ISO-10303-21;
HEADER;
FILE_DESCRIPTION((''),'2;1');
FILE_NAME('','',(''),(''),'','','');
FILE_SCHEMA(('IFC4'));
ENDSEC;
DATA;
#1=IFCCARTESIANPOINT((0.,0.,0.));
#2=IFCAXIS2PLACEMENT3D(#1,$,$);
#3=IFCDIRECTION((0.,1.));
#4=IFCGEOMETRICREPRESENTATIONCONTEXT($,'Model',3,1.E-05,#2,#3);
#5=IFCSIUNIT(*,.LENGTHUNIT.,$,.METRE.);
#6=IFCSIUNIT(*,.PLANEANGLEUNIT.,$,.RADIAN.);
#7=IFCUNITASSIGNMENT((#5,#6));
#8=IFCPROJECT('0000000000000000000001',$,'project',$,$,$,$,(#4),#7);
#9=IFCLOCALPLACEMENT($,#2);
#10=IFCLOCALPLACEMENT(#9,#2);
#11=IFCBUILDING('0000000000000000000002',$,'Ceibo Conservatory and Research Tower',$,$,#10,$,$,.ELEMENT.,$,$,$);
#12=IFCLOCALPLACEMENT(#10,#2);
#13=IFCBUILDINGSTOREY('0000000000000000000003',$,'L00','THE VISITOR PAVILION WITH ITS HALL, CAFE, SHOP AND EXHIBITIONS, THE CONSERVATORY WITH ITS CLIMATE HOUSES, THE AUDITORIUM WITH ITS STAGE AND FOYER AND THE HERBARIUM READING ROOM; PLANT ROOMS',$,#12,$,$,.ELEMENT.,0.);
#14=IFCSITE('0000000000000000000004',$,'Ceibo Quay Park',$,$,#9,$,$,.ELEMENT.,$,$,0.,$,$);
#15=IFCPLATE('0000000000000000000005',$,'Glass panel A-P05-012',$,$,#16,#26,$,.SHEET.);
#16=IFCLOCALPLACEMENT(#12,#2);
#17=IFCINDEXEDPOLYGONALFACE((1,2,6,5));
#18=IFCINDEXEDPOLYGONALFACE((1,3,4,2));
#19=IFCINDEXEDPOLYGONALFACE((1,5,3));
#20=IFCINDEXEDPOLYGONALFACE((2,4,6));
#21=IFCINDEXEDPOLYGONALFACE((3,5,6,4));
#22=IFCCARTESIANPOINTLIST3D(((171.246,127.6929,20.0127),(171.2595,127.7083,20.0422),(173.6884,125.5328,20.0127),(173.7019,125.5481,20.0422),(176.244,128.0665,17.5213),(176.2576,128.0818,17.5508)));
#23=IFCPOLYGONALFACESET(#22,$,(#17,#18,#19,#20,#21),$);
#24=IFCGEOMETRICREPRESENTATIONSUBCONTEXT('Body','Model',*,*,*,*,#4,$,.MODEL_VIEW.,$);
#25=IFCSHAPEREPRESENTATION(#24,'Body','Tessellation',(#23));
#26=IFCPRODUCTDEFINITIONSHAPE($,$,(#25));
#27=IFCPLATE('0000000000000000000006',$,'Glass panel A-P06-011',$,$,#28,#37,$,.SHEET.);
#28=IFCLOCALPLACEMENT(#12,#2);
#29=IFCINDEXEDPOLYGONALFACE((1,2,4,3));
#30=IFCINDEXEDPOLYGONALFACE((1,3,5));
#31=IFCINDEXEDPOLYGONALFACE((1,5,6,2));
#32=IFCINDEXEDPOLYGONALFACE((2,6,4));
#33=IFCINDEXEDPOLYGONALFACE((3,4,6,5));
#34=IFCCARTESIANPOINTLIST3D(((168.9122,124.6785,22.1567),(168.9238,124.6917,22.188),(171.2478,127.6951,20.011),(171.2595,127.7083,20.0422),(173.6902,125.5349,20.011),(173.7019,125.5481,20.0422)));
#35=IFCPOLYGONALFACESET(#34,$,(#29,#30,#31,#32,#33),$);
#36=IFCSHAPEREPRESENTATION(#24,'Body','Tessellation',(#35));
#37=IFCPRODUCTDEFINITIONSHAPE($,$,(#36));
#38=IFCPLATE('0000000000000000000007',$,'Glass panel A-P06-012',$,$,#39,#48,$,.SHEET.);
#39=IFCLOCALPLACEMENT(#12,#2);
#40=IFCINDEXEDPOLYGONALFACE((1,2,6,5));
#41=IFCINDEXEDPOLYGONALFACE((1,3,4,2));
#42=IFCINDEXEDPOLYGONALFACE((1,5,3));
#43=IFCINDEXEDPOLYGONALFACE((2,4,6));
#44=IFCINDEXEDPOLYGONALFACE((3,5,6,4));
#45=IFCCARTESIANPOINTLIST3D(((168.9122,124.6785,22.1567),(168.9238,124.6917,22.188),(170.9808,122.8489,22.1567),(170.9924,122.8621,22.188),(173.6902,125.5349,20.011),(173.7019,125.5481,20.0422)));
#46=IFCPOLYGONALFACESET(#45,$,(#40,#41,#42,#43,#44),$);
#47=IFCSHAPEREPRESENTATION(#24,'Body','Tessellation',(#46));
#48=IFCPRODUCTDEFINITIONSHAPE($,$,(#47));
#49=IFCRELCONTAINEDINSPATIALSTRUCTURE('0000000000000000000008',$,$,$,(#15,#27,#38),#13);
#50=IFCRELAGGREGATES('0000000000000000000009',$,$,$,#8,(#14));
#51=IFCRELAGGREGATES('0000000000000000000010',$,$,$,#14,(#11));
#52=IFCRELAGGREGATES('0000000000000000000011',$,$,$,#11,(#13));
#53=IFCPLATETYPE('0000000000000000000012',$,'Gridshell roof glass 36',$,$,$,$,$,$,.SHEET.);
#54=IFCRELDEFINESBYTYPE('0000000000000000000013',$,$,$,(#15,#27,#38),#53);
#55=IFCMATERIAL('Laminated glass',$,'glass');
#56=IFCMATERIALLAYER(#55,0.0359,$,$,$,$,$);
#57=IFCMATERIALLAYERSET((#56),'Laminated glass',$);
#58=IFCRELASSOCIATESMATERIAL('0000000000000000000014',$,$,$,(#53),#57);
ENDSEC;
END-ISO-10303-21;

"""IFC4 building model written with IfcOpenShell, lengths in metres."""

from ifc_helpers import new_model, si_unit, direction, frame, origin, place, context, subcontext, project, spatial, polyline, outline, extrude, material, layer, layer_set, type_object, element, save


model = new_model("IFC4")

# Units and contexts
model_context = context("Model", 3, precision=1e-05, world=origin(), true_north=direction((0.0, 1.0)))
body_context = subcontext(model_context, "Body", "Model", "MODEL_VIEW")
ifc_project = project(units=[si_unit("LENGTHUNIT", "METRE"), si_unit("PLANEANGLEUNIT", "RADIAN")], contexts=[model_context])

# Site, building, storey
site_placement = place(None, origin())
site = spatial("IfcSite", under=ifc_project, at=site_placement, Name="Ceibo Quay Park", CompositionType="ELEMENT", RefElevation=0.0)
building_placement = place(site_placement, origin())
building = spatial("IfcBuilding", under=site, at=building_placement, Name="Ceibo Conservatory and Research Tower", CompositionType="ELEMENT")
storey_placement = place(building_placement, origin())
storey = spatial("IfcBuildingStorey", under=building, at=storey_placement, Name="L00", Description="THE VISITOR PAVILION WITH ITS HALL, CAFE, SHOP AND EXHIBITIONS, THE CONSERVATORY WITH ITS CLIMATE HOUSES, THE AUDITORIUM WITH ITS STAGE AND FOYER AND THE HERBARIUM READING ROOM; PLANT ROOMS", CompositionType="ELEMENT", Elevation=0.0)

# Plates
ifc_material_1 = material(Name="Laminated glass", Category="glass")
ifc_layer = layer(ifc_material_1, 0.0359)
ifc_layer_set = layer_set([ifc_layer], Name="Laminated glass")
plate_type = type_object("IfcPlateType", Name="Gridshell roof glass 36", PredefinedType="SHEET", material=ifc_layer_set)
plate_1_placement = place(storey_placement, frame((176.2576, 128.0818, 17.5508), z_axis=(0.377653, 0.426993, 0.821617), x_axis=(-0.892973, -0.066737, 0.445134)))
element("IfcPlate", 1, at=plate_1_placement, inside=storey, type_object=plate_type, Name="Glass panel A-P05-012", PredefinedType="SHEET", context=body_context, shape_type="SweptSolid", body=[
    extrude(outline(polyline([(0.0, 0.0), (5.5971, 0.0), (3.5603, 2.5461), (0.0, 0.0)])), origin(), (0.0, 0.0, -1.0), 0.0359),
])
plate_2_placement = place(storey_placement, frame((173.7019, 125.5481, 20.0422), z_axis=(0.325295, 0.367795, 0.871154), x_axis=(-0.749059, 0.662503, 0.0)))
element("IfcPlate", 2, at=plate_2_placement, inside=storey, type_object=plate_type, Name="Glass panel A-P06-011", PredefinedType="SHEET", context=body_context, shape_type="SweptSolid", body=[
    extrude(outline(polyline([(0.0, 0.0), (3.2606, 0.0), (3.0117, 4.3701), (0.0, 0.0)])), origin(), (0.0, 0.0, -1.0), 0.0359),
])
plate_3_placement = place(storey_placement, frame((173.7019, 125.5481, 20.0422), z_axis=(0.325296, 0.367792, 0.871155), x_axis=(-0.900279, -0.16137, 0.4043)))
element("IfcPlate", 3, at=plate_3_placement, inside=storey, type_object=plate_type, Name="Glass panel A-P06-012", PredefinedType="SHEET", context=body_context, shape_type="SweptSolid", body=[
    extrude(outline(polyline([(0.0, 0.0), (5.3073, 0.0), (3.7403, 2.2739), (0.0, 0.0)])), origin(), (0.0, 0.0, -1.0), 0.0359),
])

save(model, "model.ifc")
